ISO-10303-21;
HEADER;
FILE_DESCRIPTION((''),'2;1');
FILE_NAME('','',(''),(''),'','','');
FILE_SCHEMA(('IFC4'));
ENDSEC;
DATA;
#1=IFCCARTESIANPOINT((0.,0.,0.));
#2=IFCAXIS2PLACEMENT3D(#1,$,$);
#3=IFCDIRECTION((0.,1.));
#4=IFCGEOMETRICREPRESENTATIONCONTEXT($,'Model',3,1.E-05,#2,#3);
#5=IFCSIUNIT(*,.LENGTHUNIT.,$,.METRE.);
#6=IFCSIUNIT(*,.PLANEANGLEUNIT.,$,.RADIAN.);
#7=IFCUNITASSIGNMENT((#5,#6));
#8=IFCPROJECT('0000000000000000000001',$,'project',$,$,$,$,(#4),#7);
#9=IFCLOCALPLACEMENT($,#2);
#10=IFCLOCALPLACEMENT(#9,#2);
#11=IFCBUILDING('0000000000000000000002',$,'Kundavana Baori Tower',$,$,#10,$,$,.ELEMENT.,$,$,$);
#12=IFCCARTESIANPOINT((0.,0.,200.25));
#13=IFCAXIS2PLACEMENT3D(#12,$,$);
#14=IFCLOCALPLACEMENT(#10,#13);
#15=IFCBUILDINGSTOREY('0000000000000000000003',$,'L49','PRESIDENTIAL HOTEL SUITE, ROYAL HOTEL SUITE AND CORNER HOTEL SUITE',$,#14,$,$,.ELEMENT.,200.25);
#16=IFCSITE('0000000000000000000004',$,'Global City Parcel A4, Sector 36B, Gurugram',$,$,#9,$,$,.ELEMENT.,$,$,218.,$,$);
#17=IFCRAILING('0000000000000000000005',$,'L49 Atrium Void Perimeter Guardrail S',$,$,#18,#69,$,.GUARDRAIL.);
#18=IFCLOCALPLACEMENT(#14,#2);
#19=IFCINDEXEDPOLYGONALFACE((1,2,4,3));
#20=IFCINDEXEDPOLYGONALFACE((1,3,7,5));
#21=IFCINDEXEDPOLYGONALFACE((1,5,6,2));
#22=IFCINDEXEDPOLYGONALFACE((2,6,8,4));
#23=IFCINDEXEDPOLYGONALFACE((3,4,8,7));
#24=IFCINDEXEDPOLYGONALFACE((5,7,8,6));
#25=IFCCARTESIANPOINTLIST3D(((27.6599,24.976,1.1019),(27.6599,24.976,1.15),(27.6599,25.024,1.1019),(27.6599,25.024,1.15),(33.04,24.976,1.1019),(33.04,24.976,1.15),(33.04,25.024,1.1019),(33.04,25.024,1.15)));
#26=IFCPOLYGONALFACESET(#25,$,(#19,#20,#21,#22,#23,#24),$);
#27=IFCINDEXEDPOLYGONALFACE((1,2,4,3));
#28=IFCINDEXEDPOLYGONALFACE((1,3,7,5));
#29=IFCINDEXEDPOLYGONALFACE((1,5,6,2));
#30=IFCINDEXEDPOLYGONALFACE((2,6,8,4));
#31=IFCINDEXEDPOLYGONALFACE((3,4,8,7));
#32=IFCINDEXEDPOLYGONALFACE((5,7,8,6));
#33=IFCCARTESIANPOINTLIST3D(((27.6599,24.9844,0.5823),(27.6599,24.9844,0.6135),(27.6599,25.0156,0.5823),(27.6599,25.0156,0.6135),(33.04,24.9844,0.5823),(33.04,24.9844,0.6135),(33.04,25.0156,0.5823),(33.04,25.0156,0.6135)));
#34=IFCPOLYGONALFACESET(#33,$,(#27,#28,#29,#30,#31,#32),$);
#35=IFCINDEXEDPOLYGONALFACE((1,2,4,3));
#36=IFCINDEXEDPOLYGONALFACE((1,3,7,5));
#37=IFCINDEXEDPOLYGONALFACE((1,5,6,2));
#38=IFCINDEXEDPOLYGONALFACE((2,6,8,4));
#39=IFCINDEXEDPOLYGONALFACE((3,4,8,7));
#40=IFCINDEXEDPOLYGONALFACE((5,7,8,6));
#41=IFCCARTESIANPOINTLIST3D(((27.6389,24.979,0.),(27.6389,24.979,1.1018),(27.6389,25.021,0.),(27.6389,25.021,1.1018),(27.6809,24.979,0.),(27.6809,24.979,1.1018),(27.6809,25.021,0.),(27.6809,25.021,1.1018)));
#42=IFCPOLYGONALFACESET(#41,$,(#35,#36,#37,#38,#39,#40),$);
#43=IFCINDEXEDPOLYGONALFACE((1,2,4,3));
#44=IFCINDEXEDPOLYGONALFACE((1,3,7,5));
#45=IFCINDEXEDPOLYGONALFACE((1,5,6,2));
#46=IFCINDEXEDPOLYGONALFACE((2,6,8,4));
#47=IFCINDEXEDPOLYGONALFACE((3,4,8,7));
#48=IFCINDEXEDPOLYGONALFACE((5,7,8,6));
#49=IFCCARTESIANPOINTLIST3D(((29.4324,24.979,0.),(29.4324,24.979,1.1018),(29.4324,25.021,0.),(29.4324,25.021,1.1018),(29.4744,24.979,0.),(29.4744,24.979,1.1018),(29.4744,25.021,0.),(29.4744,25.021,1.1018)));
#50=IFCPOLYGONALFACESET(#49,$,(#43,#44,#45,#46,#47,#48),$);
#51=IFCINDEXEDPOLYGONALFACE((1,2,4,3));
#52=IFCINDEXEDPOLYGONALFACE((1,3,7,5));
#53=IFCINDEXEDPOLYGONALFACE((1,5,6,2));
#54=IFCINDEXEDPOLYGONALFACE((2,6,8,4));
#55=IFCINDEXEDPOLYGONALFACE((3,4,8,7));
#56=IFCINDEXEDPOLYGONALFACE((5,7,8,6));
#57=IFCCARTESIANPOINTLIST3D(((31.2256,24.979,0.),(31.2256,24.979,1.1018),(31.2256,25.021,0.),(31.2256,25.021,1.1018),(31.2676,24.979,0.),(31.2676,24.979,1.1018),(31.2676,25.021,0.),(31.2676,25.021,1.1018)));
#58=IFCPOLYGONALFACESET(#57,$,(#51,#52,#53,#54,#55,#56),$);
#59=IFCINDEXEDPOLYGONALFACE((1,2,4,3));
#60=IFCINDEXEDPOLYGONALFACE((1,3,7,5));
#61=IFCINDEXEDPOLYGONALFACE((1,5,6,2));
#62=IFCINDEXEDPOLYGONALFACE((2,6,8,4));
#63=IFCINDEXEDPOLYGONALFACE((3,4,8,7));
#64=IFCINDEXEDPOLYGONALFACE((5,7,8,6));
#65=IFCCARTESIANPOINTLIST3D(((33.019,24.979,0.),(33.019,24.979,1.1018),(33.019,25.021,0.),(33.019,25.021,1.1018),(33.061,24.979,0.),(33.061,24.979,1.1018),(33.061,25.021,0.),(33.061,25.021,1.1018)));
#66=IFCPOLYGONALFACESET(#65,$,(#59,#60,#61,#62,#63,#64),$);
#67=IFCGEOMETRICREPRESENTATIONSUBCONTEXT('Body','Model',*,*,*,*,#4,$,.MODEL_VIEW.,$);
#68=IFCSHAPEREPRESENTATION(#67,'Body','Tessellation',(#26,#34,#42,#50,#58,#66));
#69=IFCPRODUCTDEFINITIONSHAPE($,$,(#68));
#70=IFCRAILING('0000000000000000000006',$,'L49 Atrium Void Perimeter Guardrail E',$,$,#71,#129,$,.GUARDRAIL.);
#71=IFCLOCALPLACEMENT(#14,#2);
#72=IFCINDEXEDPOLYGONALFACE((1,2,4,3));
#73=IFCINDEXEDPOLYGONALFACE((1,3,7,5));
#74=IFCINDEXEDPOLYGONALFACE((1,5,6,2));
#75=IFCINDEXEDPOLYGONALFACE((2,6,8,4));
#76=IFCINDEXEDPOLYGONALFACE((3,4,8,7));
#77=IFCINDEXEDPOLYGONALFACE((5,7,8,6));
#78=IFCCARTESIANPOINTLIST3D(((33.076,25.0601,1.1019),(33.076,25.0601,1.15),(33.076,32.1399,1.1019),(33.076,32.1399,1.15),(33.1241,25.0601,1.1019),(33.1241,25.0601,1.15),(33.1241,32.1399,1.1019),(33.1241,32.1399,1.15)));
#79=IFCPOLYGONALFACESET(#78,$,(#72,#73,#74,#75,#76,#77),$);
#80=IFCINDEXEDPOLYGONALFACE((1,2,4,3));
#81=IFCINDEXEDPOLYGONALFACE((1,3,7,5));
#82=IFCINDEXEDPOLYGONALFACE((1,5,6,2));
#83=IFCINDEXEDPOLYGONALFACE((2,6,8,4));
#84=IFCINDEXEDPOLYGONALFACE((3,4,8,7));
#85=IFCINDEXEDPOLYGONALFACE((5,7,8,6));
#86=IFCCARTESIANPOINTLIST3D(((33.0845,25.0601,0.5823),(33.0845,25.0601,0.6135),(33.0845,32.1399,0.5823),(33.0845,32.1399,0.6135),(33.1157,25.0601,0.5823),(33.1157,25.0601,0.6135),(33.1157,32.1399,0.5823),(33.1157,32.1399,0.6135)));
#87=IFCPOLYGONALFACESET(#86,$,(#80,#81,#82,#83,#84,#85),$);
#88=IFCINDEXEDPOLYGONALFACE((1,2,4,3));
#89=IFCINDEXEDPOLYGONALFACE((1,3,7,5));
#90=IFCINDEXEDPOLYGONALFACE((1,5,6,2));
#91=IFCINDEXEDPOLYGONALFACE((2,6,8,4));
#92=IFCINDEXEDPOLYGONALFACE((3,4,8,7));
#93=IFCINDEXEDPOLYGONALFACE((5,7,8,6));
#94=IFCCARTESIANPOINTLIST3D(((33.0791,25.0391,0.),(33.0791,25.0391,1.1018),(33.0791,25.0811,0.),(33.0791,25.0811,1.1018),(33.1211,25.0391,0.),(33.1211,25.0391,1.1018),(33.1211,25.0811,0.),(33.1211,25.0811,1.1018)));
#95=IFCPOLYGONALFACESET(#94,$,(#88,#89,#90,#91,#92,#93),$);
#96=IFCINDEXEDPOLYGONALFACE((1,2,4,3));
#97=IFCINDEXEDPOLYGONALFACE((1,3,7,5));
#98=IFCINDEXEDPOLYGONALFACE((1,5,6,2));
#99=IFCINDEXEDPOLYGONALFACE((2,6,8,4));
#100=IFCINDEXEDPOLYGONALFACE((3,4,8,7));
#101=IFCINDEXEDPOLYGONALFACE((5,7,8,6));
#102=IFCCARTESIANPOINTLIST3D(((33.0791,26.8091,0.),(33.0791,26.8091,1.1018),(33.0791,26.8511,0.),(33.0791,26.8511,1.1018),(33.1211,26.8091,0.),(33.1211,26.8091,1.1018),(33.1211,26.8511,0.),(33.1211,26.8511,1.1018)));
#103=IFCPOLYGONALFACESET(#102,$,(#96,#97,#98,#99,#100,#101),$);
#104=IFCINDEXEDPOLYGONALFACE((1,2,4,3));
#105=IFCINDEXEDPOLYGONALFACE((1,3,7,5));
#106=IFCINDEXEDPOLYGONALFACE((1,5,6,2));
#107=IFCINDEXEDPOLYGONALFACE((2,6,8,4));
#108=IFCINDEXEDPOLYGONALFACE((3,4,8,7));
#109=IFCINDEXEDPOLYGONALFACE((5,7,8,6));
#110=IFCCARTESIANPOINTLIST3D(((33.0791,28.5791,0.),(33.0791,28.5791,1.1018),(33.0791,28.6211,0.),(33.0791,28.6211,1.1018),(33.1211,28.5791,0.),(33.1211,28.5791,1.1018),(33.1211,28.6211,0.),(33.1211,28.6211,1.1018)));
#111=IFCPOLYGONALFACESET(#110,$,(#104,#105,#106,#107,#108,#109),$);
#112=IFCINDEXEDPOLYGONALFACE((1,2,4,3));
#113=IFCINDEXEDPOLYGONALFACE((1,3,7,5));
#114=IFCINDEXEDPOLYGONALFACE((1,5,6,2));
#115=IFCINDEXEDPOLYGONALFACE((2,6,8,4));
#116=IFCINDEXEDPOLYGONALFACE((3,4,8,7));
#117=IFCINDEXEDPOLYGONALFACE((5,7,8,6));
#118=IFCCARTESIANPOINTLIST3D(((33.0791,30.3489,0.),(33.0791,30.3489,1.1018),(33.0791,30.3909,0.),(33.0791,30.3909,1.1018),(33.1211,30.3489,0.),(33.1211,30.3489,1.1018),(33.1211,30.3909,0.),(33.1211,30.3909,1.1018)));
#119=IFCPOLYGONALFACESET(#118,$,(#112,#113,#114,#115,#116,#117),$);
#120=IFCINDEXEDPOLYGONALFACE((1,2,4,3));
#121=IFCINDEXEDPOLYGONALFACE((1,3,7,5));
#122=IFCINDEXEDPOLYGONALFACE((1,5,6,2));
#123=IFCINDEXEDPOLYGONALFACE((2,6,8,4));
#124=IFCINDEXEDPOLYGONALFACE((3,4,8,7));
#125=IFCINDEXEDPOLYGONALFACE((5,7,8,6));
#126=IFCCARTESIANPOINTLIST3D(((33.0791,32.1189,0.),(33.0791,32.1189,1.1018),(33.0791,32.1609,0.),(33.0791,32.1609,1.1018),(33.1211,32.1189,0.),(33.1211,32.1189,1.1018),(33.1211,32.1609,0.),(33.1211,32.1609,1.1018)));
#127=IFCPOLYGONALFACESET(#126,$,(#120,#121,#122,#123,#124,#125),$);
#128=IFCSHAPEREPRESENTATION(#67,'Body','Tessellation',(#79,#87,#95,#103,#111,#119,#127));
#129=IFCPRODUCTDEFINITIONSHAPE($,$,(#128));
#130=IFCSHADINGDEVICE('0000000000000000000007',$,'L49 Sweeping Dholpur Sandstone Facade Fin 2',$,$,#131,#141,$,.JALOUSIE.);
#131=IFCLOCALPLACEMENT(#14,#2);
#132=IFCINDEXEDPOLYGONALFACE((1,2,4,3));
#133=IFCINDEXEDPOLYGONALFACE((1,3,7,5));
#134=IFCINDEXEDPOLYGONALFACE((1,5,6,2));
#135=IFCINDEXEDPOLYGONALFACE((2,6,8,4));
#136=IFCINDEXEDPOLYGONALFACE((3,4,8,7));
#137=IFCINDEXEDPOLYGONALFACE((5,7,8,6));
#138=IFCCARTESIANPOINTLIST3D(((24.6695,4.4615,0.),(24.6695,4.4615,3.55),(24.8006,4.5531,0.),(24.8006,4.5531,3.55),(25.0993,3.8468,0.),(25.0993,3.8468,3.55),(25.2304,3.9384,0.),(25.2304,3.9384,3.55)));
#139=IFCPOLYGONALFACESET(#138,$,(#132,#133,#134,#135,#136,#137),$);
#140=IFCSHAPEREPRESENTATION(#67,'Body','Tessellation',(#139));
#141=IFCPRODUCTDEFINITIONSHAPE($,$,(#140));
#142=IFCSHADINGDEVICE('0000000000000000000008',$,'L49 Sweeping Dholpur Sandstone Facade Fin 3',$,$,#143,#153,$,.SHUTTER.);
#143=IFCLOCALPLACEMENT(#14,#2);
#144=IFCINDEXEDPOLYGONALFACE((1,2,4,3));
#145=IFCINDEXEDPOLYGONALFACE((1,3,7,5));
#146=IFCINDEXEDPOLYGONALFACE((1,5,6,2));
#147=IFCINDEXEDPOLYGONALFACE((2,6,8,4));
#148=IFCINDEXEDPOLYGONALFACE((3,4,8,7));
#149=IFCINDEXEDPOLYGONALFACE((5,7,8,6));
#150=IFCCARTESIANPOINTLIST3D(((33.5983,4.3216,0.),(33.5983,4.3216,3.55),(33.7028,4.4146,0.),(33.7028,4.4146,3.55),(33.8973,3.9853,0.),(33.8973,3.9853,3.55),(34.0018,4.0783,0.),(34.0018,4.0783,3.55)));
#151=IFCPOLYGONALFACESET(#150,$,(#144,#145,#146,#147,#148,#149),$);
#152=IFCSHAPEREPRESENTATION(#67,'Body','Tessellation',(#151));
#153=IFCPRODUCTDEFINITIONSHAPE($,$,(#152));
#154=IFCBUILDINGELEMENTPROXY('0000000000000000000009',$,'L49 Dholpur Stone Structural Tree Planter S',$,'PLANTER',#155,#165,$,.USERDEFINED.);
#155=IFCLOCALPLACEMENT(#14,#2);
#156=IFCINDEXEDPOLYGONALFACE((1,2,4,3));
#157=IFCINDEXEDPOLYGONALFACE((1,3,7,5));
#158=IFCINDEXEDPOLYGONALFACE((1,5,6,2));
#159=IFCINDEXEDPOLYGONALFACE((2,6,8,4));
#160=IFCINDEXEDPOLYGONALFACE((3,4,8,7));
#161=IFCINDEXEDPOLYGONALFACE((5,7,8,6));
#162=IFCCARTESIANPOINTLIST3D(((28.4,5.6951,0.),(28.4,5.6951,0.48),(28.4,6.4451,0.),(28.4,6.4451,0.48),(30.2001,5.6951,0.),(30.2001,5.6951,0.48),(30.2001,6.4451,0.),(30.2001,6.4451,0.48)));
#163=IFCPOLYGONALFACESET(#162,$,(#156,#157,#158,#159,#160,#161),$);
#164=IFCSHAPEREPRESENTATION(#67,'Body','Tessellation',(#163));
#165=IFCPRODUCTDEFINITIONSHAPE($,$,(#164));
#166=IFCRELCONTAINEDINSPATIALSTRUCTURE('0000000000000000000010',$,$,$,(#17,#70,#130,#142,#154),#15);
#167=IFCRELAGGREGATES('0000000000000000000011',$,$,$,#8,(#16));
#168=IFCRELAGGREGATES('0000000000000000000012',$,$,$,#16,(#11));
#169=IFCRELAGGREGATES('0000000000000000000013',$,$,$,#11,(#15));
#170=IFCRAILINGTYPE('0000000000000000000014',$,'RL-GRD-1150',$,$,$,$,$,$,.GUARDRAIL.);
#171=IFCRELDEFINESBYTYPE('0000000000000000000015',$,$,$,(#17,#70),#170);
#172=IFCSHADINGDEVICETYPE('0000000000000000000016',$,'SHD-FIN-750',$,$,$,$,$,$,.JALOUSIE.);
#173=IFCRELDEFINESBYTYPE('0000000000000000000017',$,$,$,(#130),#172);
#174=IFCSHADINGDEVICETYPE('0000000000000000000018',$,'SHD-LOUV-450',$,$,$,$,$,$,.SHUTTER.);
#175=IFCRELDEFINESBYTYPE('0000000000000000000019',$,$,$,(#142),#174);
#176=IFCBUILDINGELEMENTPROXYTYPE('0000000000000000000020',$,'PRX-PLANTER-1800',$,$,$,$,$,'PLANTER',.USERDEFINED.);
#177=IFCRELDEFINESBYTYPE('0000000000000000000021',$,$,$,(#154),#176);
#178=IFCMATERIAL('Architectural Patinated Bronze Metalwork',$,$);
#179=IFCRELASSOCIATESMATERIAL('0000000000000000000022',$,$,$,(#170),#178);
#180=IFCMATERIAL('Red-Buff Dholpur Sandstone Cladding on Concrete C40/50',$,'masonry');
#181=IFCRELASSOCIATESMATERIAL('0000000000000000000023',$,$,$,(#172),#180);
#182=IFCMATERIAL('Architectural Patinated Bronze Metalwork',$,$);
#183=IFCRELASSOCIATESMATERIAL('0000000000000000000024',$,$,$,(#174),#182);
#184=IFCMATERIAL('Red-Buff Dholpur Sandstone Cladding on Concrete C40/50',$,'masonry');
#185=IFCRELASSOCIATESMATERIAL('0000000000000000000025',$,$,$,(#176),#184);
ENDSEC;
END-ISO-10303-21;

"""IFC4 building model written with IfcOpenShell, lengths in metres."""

from ifc_helpers import new_model, si_unit, direction, frame, origin, origin_2d, place, context, subcontext, project, spatial, rectangle, extrude, material, type_object, element, save


model = new_model("IFC4")

# Units and contexts
model_context = context("Model", 3, precision=1e-05, world=origin(), true_north=direction((0.0, 1.0)))
body_context = subcontext(model_context, "Body", "Model", "MODEL_VIEW")
ifc_project = project(units=[si_unit("LENGTHUNIT", "METRE"), si_unit("PLANEANGLEUNIT", "RADIAN")], contexts=[model_context])

# Site, building, storey
site_placement = place(None, origin())
site = spatial("IfcSite", under=ifc_project, at=site_placement, Name="Global City Parcel A4, Sector 36B, Gurugram", CompositionType="ELEMENT", RefElevation=218.0)
building_placement = place(site_placement, origin())
building = spatial("IfcBuilding", under=site, at=building_placement, Name="Kundavana Baori Tower", CompositionType="ELEMENT")
storey_placement = place(building_placement, frame((0.0, 0.0, 200.25)))
storey = spatial("IfcBuildingStorey", under=building, at=storey_placement, Name="L49", Description="PRESIDENTIAL HOTEL SUITE, ROYAL HOTEL SUITE AND CORNER HOTEL SUITE", CompositionType="ELEMENT", Elevation=200.25)

# Railings
ifc_material_1 = material(Name="Architectural Patinated Bronze Metalwork")
railing_type = type_object("IfcRailingType", Name="RL-GRD-1150", PredefinedType="GUARDRAIL", material=ifc_material_1)
railing_1_placement = place(storey_placement, frame((27.6599, 25.0, 0.0)))
element("IfcRailing", 1, at=railing_1_placement, inside=storey, type_object=railing_type, Name="L49 Atrium Void Perimeter Guardrail S", PredefinedType="GUARDRAIL", context=body_context, shape_type="SweptSolid", body=[
    extrude(rectangle(XDim=0.0481, YDim=0.0481, at=origin_2d()), frame((0.0, 0.0, 1.126), z_axis=(1.0, 0.0, 0.0), x_axis=(0.0, 1.0, 0.0)), (0.0, 0.0, 1.0), 5.3801),
    extrude(rectangle(XDim=0.0312, YDim=0.0312, at=origin_2d()), frame((0.0, 0.0, 0.5979), z_axis=(1.0, 0.0, 0.0), x_axis=(0.0, 1.0, 0.0)), (0.0, 0.0, 1.0), 5.3801),
    extrude(rectangle(XDim=0.042, YDim=0.042, at=origin_2d()), origin(), (0.0, 0.0, 1.0), 1.1018),
    extrude(rectangle(XDim=0.042, YDim=0.042, at=origin_2d()), frame((1.7935, 0.0, 0.0)), (0.0, 0.0, 1.0), 1.1018),
    extrude(rectangle(XDim=0.042, YDim=0.042, at=origin_2d()), frame((3.5867, 0.0, 0.0)), (0.0, 0.0, 1.0), 1.1018),
    extrude(rectangle(XDim=0.042, YDim=0.042, at=origin_2d()), frame((5.3801, 0.0, 0.0)), (0.0, 0.0, 1.0), 1.1018),
])
railing_2_placement = place(storey_placement, frame((33.1001, 25.0601, 0.0)))
element("IfcRailing", 2, at=railing_2_placement, inside=storey, type_object=railing_type, Name="L49 Atrium Void Perimeter Guardrail E", PredefinedType="GUARDRAIL", context=body_context, shape_type="SweptSolid", body=[
    extrude(rectangle(XDim=0.0481, YDim=0.0481, at=origin_2d()), frame((0.0, 0.0, 1.126), z_axis=(0.0, 1.0, 0.0), x_axis=(-1.0, 0.0, 0.0)), (0.0, 0.0, 1.0), 7.0798),
    extrude(rectangle(XDim=0.0312, YDim=0.0312, at=origin_2d()), frame((0.0, 0.0, 0.5979), z_axis=(0.0, 1.0, 0.0), x_axis=(-1.0, 0.0, 0.0)), (0.0, 0.0, 1.0), 7.0798),
    extrude(rectangle(XDim=0.042, YDim=0.042, at=origin_2d()), origin(), (0.0, 0.0, 1.0), 1.1018),
    extrude(rectangle(XDim=0.042, YDim=0.042, at=origin_2d()), frame((0.0, 1.77, 0.0)), (0.0, 0.0, 1.0), 1.1018),
    extrude(rectangle(XDim=0.042, YDim=0.042, at=origin_2d()), frame((0.0, 3.54, 0.0)), (0.0, 0.0, 1.0), 1.1018),
    extrude(rectangle(XDim=0.042, YDim=0.042, at=origin_2d()), frame((0.0, 5.3098, 0.0)), (0.0, 0.0, 1.0), 1.1018),
    extrude(rectangle(XDim=0.042, YDim=0.042, at=origin_2d()), frame((0.0, 7.0798, 0.0)), (0.0, 0.0, 1.0), 1.1018),
])

# Shading devices
ifc_material_2 = material(Name="Red-Buff Dholpur Sandstone Cladding on Concrete C40/50", Category="masonry")
shading_device_type_1 = type_object("IfcShadingDeviceType", Name="SHD-FIN-750", PredefinedType="JALOUSIE", material=ifc_material_2)
shading_device_1_placement = place(storey_placement, frame((24.95, 4.2, 0.0), z_axis=(0.0, 0.0, 1.0), x_axis=(0.819552, 0.573004, 0.0)))
element("IfcShadingDevice", 3, at=shading_device_1_placement, inside=storey, type_object=shading_device_type_1, Name="L49 Sweeping Dholpur Sandstone Facade Fin 2", PredefinedType="JALOUSIE", context=body_context, shape_type="SweptSolid", body=[
    extrude(rectangle(XDim=0.1599, YDim=0.75, at=origin_2d()), origin(), (0.0, 0.0, 1.0), 3.55),
])
ifc_material_3 = material(Name="Architectural Patinated Bronze Metalwork")
shading_device_type_2 = type_object("IfcShadingDeviceType", Name="SHD-LOUV-450", PredefinedType="SHUTTER", material=ifc_material_3)
shading_device_2_placement = place(storey_placement, frame((33.8, 4.2, 0.0), z_axis=(0.0, 0.0, 1.0), x_axis=(0.747334, 0.664448, 0.0)))
element("IfcShadingDevice", 4, at=shading_device_2_placement, inside=storey, type_object=shading_device_type_2, Name="L49 Sweeping Dholpur Sandstone Facade Fin 3", PredefinedType="SHUTTER", context=body_context, shape_type="SweptSolid", body=[
    extrude(rectangle(XDim=0.1399, YDim=0.45, at=origin_2d()), origin(), (0.0, 0.0, 1.0), 3.55),
])

# Building element proxy
ifc_material_4 = material(Name="Red-Buff Dholpur Sandstone Cladding on Concrete C40/50", Category="masonry")
building_element_proxy_type = type_object("IfcBuildingElementProxyType", Name="PRX-PLANTER-1800", ElementType="PLANTER", PredefinedType="USERDEFINED", material=ifc_material_4)
proxy_placement = place(storey_placement, frame((29.3, 6.0701, 0.0), z_axis=(0.0, 0.0, 1.0), x_axis=(1.0, 0.0, 0.0)))
element("IfcBuildingElementProxy", 5, at=proxy_placement, inside=storey, type_object=building_element_proxy_type, Name="L49 Dholpur Stone Structural Tree Planter S", ObjectType="PLANTER", PredefinedType="USERDEFINED", context=body_context, shape_type="SweptSolid", body=[
    extrude(rectangle(XDim=1.8, YDim=0.75, at=origin_2d()), origin(), (0.0, 0.0, 1.0), 0.48),
])

save(model, "model.ifc")
